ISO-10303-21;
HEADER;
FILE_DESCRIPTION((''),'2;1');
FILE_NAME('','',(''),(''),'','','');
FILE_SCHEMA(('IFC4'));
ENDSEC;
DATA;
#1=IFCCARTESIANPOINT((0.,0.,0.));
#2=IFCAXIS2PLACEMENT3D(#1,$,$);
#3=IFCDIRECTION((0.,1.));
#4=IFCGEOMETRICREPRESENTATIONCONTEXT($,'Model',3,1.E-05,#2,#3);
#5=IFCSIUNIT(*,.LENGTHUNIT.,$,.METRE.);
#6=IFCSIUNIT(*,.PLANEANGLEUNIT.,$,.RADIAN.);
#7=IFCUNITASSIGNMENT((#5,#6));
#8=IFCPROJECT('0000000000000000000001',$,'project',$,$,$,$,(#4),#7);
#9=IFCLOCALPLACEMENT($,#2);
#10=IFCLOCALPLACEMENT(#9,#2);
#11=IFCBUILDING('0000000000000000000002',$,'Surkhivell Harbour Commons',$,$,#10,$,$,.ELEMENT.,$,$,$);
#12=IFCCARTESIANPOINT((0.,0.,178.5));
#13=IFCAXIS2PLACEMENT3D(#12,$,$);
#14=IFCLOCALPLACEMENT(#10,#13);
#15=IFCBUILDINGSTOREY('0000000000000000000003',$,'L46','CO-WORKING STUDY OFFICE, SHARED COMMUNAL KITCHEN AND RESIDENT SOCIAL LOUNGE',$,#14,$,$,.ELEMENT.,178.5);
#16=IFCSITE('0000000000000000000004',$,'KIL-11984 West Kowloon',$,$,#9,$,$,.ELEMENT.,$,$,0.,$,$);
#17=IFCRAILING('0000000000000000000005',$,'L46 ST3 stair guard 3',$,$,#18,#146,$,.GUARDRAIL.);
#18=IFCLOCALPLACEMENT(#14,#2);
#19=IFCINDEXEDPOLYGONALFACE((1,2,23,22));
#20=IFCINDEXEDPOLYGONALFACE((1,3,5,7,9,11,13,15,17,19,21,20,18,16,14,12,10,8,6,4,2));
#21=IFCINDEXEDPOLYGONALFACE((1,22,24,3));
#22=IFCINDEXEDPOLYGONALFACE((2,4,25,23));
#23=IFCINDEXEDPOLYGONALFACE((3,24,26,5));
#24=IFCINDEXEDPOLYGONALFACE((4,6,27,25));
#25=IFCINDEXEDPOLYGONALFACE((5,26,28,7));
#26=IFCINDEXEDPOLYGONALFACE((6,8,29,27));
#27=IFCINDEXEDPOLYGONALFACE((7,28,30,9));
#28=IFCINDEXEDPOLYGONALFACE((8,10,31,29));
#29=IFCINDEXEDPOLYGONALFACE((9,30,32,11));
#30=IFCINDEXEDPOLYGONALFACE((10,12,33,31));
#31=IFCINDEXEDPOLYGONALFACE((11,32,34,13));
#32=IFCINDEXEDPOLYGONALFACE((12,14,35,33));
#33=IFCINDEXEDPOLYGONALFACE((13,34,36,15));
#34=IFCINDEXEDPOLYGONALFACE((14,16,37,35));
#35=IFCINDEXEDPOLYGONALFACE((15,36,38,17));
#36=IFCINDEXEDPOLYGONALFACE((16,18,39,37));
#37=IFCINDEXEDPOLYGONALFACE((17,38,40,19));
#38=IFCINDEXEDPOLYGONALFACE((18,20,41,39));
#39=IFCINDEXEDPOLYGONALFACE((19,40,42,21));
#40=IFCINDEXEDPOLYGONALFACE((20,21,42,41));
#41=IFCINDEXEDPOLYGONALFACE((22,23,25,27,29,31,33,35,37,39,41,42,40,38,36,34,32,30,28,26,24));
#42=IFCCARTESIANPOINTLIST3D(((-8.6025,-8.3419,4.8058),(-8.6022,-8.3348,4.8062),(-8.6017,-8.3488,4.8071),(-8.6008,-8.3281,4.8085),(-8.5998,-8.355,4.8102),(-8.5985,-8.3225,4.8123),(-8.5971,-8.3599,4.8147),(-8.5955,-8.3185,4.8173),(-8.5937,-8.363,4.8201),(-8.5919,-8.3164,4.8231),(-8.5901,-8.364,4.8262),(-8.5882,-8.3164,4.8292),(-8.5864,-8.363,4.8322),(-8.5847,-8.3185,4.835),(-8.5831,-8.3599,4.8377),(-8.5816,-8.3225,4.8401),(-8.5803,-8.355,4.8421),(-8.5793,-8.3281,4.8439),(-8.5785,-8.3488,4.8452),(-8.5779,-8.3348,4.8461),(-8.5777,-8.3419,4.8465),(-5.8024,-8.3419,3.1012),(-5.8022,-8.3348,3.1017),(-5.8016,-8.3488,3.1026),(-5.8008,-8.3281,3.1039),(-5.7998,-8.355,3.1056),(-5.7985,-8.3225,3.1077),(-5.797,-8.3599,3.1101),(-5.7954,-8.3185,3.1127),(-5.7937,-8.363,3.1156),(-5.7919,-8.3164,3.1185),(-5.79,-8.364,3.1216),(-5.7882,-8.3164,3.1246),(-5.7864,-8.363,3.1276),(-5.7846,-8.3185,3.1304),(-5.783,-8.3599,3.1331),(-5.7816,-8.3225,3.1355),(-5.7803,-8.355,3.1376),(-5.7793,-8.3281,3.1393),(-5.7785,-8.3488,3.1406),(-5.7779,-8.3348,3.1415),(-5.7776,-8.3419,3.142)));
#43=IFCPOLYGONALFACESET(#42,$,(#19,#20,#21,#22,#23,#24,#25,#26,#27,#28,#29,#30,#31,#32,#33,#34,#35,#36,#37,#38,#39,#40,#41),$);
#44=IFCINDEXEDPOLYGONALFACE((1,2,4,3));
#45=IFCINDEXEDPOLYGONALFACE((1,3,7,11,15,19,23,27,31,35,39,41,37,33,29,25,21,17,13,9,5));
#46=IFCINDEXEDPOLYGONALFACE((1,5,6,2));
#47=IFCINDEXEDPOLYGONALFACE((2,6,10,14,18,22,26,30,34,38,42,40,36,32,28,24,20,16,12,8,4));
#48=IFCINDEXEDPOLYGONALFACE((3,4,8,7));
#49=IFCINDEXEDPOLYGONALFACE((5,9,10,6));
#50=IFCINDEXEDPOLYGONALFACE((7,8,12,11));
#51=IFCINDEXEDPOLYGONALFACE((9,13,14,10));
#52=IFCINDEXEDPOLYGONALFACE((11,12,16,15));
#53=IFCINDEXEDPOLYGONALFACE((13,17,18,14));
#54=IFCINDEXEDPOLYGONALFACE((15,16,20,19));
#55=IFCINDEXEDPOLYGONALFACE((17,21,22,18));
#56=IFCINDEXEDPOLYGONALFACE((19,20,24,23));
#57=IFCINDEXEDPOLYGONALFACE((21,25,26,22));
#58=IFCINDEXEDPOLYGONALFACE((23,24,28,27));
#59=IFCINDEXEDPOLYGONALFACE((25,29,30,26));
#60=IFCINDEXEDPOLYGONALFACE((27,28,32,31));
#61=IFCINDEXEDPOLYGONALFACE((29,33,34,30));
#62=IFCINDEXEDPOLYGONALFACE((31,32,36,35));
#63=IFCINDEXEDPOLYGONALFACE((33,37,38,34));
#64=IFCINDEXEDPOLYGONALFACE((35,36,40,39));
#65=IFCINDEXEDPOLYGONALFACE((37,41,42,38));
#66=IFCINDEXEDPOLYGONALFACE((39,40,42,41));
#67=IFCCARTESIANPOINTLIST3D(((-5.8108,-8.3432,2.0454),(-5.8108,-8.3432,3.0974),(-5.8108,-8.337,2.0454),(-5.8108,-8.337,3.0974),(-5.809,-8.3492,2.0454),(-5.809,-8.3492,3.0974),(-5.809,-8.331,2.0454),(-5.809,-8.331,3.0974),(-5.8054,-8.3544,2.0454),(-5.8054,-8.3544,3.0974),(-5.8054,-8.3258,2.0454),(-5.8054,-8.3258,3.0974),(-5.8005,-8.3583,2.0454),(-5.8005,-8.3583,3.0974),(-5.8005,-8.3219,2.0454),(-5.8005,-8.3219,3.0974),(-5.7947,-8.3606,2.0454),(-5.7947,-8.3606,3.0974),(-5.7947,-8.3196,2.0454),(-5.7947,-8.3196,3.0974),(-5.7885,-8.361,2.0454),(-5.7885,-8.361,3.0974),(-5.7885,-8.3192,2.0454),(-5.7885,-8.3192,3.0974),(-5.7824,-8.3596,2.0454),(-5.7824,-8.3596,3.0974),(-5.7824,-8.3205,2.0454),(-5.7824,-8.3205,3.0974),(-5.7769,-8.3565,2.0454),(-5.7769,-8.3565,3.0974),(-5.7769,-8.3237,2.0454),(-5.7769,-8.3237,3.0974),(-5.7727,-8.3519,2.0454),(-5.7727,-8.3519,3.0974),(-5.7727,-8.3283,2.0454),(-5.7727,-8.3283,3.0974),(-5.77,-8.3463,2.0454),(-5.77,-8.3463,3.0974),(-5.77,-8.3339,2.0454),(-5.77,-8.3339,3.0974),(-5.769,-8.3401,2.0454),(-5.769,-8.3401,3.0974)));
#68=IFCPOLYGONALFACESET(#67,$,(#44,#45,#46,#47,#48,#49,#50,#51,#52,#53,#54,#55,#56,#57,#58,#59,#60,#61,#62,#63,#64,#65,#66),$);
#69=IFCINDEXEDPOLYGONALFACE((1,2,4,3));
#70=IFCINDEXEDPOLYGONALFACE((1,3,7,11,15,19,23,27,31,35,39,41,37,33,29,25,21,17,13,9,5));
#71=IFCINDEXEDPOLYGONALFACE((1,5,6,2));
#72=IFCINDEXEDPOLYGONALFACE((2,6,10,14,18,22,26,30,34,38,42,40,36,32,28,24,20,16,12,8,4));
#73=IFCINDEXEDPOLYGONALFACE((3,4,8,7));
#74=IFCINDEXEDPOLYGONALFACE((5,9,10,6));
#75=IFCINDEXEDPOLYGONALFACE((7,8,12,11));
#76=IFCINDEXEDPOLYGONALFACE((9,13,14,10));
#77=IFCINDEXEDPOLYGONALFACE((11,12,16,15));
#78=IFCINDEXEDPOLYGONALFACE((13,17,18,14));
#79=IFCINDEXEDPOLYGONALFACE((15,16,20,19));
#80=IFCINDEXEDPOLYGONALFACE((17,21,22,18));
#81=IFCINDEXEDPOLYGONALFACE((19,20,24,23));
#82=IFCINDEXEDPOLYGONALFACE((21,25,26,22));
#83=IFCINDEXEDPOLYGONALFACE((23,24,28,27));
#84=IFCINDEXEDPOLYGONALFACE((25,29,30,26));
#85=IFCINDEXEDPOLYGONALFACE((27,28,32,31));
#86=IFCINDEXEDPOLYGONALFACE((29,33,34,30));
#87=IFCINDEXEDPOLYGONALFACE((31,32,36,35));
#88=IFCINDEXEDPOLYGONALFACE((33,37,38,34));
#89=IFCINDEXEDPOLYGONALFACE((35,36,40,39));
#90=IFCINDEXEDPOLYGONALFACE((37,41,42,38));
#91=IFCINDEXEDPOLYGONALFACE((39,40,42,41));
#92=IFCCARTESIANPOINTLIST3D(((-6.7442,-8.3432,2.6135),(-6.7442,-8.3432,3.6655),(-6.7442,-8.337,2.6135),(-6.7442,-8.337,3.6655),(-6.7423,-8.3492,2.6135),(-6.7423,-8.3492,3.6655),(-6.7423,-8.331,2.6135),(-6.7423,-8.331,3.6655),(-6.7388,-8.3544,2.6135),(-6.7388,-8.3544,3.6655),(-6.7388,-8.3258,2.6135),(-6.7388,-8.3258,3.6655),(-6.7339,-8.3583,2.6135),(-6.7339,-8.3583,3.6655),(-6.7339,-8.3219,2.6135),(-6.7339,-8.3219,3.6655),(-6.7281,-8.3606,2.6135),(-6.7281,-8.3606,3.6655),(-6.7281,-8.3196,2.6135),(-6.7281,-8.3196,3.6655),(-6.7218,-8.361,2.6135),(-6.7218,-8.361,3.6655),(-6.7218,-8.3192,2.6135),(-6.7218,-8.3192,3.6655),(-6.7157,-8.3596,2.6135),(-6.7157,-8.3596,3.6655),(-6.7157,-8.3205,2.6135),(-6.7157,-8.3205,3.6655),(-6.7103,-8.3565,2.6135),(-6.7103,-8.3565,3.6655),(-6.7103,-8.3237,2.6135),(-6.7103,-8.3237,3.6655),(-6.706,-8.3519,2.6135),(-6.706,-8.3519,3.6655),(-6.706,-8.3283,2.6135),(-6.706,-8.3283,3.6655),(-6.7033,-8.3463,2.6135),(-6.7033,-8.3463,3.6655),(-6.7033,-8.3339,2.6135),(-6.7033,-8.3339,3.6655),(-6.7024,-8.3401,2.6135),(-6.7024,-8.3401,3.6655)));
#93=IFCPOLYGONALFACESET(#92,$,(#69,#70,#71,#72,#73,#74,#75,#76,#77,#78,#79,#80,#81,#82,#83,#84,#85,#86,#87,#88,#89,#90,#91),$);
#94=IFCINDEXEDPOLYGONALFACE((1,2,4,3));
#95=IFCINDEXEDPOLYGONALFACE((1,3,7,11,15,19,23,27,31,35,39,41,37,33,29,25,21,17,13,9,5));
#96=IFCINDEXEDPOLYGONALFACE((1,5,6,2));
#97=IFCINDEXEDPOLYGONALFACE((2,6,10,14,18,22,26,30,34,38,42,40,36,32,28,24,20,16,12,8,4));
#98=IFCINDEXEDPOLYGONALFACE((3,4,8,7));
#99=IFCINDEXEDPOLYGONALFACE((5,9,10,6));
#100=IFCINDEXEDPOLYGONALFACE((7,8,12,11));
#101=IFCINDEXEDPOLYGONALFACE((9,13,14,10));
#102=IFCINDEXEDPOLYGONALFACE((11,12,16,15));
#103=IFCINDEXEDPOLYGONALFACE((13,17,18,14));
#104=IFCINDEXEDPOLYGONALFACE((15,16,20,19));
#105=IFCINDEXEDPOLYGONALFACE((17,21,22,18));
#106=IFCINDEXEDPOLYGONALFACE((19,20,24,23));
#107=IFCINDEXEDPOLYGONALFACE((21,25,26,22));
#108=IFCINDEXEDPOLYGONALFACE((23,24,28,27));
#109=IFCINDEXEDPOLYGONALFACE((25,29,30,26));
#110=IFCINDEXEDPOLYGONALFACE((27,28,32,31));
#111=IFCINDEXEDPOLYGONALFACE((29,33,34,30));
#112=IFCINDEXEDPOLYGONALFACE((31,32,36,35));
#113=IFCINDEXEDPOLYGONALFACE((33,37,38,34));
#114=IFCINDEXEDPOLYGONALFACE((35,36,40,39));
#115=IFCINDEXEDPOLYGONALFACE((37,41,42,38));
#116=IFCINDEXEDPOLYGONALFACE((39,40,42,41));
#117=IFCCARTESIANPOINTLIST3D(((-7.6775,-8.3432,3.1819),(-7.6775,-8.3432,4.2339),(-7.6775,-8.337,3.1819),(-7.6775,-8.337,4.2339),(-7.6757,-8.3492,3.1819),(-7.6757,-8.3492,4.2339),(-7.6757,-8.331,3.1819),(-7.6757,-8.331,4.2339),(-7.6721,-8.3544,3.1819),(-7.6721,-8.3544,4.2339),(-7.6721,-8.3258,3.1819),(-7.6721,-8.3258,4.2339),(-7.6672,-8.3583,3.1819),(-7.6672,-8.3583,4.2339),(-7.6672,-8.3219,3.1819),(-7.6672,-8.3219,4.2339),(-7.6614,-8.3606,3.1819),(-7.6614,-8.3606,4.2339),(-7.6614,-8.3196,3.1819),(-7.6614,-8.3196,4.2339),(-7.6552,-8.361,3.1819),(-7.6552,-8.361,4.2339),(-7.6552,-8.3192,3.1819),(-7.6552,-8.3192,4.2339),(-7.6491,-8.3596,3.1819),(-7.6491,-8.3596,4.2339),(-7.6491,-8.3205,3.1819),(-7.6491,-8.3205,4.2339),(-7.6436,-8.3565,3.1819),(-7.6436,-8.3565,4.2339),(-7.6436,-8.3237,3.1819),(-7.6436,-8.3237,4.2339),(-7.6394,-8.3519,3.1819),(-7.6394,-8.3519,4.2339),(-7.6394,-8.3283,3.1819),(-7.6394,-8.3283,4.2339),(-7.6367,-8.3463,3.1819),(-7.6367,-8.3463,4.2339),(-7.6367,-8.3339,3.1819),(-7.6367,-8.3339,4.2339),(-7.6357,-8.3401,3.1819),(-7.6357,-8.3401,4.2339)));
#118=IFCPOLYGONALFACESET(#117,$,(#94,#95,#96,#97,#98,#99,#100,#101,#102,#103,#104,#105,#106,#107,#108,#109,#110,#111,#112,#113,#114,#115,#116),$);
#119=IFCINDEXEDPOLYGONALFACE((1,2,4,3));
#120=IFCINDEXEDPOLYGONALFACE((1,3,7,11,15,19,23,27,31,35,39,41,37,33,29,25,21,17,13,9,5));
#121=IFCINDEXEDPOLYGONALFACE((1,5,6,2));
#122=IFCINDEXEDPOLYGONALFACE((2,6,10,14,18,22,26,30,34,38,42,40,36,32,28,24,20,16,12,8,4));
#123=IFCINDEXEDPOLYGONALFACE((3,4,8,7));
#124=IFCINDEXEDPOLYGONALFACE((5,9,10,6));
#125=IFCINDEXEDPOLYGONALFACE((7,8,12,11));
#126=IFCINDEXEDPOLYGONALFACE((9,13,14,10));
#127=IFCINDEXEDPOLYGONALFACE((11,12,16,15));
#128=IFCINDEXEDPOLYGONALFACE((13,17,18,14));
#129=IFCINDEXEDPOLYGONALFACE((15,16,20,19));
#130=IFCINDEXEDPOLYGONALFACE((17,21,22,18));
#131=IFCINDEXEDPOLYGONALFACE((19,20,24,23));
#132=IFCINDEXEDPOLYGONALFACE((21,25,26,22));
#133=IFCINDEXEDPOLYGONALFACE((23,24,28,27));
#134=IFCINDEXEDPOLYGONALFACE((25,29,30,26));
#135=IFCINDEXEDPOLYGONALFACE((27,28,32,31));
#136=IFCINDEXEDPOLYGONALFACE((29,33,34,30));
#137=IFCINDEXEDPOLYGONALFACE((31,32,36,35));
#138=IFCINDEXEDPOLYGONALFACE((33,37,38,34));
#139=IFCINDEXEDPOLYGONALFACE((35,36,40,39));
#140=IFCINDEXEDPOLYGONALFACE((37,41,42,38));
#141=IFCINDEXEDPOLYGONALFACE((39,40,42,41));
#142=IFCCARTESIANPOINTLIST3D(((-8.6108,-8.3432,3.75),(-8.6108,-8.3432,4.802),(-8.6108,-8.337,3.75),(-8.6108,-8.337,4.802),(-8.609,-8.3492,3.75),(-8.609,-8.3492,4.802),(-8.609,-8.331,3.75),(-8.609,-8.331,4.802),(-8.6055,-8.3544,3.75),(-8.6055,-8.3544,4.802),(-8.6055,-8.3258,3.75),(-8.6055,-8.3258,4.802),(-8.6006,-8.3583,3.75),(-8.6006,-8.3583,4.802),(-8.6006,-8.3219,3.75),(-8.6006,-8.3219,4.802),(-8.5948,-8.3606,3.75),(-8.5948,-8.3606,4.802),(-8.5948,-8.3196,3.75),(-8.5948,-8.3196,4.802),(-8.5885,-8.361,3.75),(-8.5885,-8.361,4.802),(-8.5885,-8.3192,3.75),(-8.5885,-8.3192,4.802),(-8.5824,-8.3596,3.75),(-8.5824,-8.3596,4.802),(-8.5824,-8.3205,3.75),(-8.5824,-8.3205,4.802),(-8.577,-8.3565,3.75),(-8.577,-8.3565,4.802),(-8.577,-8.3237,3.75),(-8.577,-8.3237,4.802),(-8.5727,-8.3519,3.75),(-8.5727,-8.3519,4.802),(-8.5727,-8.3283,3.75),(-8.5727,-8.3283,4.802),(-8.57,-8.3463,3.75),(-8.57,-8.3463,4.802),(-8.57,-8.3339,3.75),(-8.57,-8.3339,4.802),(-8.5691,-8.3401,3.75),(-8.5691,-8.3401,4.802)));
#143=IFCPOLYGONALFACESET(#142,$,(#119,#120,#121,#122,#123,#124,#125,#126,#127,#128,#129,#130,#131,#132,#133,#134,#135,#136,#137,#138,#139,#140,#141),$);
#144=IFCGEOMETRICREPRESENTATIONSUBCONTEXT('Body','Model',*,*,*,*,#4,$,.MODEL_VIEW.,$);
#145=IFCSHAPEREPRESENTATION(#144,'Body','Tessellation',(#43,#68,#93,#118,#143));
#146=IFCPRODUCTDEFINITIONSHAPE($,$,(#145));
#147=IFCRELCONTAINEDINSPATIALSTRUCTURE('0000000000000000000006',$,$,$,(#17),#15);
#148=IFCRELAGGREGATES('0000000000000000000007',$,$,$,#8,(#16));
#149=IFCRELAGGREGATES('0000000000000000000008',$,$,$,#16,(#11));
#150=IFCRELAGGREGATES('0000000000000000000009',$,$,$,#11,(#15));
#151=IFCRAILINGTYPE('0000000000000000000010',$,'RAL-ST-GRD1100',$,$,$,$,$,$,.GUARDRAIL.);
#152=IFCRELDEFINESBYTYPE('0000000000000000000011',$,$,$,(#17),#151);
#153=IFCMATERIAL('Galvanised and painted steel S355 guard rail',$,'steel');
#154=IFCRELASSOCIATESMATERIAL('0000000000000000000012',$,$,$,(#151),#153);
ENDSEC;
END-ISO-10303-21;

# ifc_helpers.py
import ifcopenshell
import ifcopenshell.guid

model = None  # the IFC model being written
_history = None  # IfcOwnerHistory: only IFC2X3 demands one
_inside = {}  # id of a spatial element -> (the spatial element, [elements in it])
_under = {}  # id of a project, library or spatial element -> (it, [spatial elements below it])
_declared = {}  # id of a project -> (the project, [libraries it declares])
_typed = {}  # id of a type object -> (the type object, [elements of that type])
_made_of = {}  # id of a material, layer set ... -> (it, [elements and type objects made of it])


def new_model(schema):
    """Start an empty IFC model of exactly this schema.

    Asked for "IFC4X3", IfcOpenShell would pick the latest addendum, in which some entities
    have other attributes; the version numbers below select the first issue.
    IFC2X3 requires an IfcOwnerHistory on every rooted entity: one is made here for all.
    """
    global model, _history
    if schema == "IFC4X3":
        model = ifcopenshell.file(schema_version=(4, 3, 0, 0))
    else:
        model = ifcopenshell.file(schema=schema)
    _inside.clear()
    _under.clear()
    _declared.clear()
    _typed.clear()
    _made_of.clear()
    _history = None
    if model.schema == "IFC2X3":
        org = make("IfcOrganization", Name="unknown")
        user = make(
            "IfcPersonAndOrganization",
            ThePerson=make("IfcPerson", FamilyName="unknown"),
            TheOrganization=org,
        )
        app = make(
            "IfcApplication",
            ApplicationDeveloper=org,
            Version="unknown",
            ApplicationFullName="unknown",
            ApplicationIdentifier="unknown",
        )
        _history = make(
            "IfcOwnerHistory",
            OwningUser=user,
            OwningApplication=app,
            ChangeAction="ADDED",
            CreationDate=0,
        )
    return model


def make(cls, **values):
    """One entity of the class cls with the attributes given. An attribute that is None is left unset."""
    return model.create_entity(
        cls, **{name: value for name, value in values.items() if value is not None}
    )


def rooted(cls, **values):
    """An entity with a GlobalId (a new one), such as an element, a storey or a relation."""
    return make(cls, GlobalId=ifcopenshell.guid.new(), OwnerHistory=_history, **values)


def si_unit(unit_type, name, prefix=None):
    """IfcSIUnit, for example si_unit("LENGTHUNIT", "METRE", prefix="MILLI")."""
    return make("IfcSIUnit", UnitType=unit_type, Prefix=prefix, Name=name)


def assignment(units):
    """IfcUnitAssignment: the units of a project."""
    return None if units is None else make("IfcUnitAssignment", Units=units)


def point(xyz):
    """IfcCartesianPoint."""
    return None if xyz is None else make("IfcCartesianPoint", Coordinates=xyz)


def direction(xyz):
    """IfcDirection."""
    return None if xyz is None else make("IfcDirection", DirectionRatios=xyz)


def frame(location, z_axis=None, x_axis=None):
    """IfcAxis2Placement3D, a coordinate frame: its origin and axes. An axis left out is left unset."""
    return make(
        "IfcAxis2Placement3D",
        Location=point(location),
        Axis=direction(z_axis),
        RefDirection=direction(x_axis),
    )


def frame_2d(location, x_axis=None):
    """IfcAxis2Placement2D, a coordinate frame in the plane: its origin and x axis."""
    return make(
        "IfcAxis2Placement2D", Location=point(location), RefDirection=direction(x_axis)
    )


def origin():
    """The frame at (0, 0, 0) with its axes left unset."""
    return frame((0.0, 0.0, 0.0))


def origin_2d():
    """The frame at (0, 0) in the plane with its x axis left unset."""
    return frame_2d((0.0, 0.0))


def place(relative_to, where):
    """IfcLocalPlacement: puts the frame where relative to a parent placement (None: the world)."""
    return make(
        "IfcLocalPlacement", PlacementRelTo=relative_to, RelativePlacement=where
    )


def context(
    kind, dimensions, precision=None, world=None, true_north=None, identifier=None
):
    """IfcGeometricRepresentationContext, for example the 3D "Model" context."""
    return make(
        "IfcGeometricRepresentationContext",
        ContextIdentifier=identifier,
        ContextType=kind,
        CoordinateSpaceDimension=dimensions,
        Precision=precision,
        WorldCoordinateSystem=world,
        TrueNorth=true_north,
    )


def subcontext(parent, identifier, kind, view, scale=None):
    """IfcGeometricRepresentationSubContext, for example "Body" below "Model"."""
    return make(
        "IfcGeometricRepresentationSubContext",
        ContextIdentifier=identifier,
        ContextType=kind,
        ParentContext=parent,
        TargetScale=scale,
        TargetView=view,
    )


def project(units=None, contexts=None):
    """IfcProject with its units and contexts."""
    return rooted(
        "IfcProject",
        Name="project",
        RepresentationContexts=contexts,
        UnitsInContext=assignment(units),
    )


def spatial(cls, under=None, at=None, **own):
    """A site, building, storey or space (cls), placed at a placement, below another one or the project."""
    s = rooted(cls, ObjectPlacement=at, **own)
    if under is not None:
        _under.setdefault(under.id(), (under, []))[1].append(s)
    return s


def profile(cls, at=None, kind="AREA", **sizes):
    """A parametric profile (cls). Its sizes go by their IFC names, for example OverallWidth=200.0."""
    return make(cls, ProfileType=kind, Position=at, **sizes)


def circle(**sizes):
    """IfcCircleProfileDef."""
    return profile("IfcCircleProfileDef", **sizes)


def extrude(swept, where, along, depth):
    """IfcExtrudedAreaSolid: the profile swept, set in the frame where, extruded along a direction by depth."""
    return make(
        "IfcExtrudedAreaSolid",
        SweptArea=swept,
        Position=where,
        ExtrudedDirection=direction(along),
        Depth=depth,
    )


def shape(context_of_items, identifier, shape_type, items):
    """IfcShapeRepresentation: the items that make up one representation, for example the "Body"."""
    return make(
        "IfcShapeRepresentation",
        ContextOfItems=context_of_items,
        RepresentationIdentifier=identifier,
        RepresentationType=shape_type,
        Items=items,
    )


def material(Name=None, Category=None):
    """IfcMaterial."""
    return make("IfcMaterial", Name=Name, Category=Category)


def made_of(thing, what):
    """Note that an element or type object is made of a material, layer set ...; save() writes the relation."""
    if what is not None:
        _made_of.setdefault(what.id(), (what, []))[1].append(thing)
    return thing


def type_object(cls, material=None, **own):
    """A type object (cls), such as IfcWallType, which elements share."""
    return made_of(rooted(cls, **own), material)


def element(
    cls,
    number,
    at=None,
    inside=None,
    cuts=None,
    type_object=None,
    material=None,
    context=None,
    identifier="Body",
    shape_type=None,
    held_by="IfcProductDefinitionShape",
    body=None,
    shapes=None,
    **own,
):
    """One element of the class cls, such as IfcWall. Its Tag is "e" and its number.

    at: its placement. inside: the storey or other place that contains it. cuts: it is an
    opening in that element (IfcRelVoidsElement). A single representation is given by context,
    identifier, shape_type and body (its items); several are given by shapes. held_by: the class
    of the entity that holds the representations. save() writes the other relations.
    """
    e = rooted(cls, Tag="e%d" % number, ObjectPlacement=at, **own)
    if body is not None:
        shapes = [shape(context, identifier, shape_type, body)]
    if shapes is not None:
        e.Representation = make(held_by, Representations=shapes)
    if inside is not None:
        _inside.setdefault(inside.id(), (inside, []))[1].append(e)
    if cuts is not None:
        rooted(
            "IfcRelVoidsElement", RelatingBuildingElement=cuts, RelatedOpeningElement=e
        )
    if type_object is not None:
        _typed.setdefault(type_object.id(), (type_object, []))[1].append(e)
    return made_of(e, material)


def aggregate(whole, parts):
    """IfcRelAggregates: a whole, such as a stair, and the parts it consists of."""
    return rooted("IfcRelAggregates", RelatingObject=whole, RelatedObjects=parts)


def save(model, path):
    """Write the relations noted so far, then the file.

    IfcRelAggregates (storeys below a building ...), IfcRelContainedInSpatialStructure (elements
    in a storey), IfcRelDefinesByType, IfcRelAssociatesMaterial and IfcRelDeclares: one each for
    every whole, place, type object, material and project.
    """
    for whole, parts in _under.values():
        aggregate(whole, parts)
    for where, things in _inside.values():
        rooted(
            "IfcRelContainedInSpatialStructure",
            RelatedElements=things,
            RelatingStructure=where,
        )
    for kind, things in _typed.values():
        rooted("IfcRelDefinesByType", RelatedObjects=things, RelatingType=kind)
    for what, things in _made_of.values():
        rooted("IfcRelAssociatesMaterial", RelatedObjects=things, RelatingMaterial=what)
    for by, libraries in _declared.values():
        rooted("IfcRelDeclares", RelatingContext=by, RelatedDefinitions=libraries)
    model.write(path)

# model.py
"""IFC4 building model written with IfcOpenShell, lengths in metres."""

from ifc_helpers import new_model, si_unit, direction, frame, origin, origin_2d, place, context, subcontext, project, spatial, circle, extrude, material, type_object, element, save


model = new_model("IFC4")

# Units and contexts
model_context = context("Model", 3, precision=1e-05, world=origin(), true_north=direction((0.0, 1.0)))
body_context = subcontext(model_context, "Body", "Model", "MODEL_VIEW")
ifc_project = project(units=[si_unit("LENGTHUNIT", "METRE"), si_unit("PLANEANGLEUNIT", "RADIAN")], contexts=[model_context])

# Site, building, storey
site_placement = place(None, origin())
site = spatial("IfcSite", under=ifc_project, at=site_placement, Name="KIL-11984 West Kowloon", CompositionType="ELEMENT", RefElevation=0.0)
building_placement = place(site_placement, origin())
building = spatial("IfcBuilding", under=site, at=building_placement, Name="Surkhivell Harbour Commons", CompositionType="ELEMENT")
storey_placement = place(building_placement, frame((0.0, 0.0, 178.5)))
storey = spatial("IfcBuildingStorey", under=building, at=storey_placement, Name="L46", Description="CO-WORKING STUDY OFFICE, SHARED COMMUNAL KITCHEN AND RESIDENT SOCIAL LOUNGE", CompositionType="ELEMENT", Elevation=178.5)

# Railing
ifc_material_1 = material(Name="Galvanised and painted steel S355 guard rail", Category="steel")
railing_type_1 = type_object("IfcRailingType", Name="RAL-ST-GRD1100", PredefinedType="GUARDRAIL", material=ifc_material_1)
railing_1_placement = place(storey_placement, frame((-5.79, -8.3401, 2.0454)))
element("IfcRailing", 1, at=railing_1_placement, inside=storey, type_object=railing_type_1, Name="L46 ST3 stair guard 3", PredefinedType="GUARDRAIL", context=body_context, shape_type="SweptSolid", body=[
    extrude(circle(Radius=0.0239, at=origin_2d()), frame((0.0, 0.0, 1.0762), z_axis=(-0.85417, 0.0, 0.519994), x_axis=(0.0, -1.0, 0.0)), (0.0, 0.0, 1.0), 3.2781),
    extrude(circle(Radius=0.021, at=origin_2d()), origin(), (0.0, 0.0, 1.0), 1.052),
    extrude(circle(Radius=0.021, at=origin_2d()), frame((-0.9333, 0.0, 0.5681)), (0.0, 0.0, 1.0), 1.052),
    extrude(circle(Radius=0.021, at=origin_2d()), frame((-1.8667, 0.0, 1.1365)), (0.0, 0.0, 1.0), 1.052),
    extrude(circle(Radius=0.021, at=origin_2d()), frame((-2.8, 0.0, 1.7046)), (0.0, 0.0, 1.0), 1.052),
])

save(model, "model.ifc")
